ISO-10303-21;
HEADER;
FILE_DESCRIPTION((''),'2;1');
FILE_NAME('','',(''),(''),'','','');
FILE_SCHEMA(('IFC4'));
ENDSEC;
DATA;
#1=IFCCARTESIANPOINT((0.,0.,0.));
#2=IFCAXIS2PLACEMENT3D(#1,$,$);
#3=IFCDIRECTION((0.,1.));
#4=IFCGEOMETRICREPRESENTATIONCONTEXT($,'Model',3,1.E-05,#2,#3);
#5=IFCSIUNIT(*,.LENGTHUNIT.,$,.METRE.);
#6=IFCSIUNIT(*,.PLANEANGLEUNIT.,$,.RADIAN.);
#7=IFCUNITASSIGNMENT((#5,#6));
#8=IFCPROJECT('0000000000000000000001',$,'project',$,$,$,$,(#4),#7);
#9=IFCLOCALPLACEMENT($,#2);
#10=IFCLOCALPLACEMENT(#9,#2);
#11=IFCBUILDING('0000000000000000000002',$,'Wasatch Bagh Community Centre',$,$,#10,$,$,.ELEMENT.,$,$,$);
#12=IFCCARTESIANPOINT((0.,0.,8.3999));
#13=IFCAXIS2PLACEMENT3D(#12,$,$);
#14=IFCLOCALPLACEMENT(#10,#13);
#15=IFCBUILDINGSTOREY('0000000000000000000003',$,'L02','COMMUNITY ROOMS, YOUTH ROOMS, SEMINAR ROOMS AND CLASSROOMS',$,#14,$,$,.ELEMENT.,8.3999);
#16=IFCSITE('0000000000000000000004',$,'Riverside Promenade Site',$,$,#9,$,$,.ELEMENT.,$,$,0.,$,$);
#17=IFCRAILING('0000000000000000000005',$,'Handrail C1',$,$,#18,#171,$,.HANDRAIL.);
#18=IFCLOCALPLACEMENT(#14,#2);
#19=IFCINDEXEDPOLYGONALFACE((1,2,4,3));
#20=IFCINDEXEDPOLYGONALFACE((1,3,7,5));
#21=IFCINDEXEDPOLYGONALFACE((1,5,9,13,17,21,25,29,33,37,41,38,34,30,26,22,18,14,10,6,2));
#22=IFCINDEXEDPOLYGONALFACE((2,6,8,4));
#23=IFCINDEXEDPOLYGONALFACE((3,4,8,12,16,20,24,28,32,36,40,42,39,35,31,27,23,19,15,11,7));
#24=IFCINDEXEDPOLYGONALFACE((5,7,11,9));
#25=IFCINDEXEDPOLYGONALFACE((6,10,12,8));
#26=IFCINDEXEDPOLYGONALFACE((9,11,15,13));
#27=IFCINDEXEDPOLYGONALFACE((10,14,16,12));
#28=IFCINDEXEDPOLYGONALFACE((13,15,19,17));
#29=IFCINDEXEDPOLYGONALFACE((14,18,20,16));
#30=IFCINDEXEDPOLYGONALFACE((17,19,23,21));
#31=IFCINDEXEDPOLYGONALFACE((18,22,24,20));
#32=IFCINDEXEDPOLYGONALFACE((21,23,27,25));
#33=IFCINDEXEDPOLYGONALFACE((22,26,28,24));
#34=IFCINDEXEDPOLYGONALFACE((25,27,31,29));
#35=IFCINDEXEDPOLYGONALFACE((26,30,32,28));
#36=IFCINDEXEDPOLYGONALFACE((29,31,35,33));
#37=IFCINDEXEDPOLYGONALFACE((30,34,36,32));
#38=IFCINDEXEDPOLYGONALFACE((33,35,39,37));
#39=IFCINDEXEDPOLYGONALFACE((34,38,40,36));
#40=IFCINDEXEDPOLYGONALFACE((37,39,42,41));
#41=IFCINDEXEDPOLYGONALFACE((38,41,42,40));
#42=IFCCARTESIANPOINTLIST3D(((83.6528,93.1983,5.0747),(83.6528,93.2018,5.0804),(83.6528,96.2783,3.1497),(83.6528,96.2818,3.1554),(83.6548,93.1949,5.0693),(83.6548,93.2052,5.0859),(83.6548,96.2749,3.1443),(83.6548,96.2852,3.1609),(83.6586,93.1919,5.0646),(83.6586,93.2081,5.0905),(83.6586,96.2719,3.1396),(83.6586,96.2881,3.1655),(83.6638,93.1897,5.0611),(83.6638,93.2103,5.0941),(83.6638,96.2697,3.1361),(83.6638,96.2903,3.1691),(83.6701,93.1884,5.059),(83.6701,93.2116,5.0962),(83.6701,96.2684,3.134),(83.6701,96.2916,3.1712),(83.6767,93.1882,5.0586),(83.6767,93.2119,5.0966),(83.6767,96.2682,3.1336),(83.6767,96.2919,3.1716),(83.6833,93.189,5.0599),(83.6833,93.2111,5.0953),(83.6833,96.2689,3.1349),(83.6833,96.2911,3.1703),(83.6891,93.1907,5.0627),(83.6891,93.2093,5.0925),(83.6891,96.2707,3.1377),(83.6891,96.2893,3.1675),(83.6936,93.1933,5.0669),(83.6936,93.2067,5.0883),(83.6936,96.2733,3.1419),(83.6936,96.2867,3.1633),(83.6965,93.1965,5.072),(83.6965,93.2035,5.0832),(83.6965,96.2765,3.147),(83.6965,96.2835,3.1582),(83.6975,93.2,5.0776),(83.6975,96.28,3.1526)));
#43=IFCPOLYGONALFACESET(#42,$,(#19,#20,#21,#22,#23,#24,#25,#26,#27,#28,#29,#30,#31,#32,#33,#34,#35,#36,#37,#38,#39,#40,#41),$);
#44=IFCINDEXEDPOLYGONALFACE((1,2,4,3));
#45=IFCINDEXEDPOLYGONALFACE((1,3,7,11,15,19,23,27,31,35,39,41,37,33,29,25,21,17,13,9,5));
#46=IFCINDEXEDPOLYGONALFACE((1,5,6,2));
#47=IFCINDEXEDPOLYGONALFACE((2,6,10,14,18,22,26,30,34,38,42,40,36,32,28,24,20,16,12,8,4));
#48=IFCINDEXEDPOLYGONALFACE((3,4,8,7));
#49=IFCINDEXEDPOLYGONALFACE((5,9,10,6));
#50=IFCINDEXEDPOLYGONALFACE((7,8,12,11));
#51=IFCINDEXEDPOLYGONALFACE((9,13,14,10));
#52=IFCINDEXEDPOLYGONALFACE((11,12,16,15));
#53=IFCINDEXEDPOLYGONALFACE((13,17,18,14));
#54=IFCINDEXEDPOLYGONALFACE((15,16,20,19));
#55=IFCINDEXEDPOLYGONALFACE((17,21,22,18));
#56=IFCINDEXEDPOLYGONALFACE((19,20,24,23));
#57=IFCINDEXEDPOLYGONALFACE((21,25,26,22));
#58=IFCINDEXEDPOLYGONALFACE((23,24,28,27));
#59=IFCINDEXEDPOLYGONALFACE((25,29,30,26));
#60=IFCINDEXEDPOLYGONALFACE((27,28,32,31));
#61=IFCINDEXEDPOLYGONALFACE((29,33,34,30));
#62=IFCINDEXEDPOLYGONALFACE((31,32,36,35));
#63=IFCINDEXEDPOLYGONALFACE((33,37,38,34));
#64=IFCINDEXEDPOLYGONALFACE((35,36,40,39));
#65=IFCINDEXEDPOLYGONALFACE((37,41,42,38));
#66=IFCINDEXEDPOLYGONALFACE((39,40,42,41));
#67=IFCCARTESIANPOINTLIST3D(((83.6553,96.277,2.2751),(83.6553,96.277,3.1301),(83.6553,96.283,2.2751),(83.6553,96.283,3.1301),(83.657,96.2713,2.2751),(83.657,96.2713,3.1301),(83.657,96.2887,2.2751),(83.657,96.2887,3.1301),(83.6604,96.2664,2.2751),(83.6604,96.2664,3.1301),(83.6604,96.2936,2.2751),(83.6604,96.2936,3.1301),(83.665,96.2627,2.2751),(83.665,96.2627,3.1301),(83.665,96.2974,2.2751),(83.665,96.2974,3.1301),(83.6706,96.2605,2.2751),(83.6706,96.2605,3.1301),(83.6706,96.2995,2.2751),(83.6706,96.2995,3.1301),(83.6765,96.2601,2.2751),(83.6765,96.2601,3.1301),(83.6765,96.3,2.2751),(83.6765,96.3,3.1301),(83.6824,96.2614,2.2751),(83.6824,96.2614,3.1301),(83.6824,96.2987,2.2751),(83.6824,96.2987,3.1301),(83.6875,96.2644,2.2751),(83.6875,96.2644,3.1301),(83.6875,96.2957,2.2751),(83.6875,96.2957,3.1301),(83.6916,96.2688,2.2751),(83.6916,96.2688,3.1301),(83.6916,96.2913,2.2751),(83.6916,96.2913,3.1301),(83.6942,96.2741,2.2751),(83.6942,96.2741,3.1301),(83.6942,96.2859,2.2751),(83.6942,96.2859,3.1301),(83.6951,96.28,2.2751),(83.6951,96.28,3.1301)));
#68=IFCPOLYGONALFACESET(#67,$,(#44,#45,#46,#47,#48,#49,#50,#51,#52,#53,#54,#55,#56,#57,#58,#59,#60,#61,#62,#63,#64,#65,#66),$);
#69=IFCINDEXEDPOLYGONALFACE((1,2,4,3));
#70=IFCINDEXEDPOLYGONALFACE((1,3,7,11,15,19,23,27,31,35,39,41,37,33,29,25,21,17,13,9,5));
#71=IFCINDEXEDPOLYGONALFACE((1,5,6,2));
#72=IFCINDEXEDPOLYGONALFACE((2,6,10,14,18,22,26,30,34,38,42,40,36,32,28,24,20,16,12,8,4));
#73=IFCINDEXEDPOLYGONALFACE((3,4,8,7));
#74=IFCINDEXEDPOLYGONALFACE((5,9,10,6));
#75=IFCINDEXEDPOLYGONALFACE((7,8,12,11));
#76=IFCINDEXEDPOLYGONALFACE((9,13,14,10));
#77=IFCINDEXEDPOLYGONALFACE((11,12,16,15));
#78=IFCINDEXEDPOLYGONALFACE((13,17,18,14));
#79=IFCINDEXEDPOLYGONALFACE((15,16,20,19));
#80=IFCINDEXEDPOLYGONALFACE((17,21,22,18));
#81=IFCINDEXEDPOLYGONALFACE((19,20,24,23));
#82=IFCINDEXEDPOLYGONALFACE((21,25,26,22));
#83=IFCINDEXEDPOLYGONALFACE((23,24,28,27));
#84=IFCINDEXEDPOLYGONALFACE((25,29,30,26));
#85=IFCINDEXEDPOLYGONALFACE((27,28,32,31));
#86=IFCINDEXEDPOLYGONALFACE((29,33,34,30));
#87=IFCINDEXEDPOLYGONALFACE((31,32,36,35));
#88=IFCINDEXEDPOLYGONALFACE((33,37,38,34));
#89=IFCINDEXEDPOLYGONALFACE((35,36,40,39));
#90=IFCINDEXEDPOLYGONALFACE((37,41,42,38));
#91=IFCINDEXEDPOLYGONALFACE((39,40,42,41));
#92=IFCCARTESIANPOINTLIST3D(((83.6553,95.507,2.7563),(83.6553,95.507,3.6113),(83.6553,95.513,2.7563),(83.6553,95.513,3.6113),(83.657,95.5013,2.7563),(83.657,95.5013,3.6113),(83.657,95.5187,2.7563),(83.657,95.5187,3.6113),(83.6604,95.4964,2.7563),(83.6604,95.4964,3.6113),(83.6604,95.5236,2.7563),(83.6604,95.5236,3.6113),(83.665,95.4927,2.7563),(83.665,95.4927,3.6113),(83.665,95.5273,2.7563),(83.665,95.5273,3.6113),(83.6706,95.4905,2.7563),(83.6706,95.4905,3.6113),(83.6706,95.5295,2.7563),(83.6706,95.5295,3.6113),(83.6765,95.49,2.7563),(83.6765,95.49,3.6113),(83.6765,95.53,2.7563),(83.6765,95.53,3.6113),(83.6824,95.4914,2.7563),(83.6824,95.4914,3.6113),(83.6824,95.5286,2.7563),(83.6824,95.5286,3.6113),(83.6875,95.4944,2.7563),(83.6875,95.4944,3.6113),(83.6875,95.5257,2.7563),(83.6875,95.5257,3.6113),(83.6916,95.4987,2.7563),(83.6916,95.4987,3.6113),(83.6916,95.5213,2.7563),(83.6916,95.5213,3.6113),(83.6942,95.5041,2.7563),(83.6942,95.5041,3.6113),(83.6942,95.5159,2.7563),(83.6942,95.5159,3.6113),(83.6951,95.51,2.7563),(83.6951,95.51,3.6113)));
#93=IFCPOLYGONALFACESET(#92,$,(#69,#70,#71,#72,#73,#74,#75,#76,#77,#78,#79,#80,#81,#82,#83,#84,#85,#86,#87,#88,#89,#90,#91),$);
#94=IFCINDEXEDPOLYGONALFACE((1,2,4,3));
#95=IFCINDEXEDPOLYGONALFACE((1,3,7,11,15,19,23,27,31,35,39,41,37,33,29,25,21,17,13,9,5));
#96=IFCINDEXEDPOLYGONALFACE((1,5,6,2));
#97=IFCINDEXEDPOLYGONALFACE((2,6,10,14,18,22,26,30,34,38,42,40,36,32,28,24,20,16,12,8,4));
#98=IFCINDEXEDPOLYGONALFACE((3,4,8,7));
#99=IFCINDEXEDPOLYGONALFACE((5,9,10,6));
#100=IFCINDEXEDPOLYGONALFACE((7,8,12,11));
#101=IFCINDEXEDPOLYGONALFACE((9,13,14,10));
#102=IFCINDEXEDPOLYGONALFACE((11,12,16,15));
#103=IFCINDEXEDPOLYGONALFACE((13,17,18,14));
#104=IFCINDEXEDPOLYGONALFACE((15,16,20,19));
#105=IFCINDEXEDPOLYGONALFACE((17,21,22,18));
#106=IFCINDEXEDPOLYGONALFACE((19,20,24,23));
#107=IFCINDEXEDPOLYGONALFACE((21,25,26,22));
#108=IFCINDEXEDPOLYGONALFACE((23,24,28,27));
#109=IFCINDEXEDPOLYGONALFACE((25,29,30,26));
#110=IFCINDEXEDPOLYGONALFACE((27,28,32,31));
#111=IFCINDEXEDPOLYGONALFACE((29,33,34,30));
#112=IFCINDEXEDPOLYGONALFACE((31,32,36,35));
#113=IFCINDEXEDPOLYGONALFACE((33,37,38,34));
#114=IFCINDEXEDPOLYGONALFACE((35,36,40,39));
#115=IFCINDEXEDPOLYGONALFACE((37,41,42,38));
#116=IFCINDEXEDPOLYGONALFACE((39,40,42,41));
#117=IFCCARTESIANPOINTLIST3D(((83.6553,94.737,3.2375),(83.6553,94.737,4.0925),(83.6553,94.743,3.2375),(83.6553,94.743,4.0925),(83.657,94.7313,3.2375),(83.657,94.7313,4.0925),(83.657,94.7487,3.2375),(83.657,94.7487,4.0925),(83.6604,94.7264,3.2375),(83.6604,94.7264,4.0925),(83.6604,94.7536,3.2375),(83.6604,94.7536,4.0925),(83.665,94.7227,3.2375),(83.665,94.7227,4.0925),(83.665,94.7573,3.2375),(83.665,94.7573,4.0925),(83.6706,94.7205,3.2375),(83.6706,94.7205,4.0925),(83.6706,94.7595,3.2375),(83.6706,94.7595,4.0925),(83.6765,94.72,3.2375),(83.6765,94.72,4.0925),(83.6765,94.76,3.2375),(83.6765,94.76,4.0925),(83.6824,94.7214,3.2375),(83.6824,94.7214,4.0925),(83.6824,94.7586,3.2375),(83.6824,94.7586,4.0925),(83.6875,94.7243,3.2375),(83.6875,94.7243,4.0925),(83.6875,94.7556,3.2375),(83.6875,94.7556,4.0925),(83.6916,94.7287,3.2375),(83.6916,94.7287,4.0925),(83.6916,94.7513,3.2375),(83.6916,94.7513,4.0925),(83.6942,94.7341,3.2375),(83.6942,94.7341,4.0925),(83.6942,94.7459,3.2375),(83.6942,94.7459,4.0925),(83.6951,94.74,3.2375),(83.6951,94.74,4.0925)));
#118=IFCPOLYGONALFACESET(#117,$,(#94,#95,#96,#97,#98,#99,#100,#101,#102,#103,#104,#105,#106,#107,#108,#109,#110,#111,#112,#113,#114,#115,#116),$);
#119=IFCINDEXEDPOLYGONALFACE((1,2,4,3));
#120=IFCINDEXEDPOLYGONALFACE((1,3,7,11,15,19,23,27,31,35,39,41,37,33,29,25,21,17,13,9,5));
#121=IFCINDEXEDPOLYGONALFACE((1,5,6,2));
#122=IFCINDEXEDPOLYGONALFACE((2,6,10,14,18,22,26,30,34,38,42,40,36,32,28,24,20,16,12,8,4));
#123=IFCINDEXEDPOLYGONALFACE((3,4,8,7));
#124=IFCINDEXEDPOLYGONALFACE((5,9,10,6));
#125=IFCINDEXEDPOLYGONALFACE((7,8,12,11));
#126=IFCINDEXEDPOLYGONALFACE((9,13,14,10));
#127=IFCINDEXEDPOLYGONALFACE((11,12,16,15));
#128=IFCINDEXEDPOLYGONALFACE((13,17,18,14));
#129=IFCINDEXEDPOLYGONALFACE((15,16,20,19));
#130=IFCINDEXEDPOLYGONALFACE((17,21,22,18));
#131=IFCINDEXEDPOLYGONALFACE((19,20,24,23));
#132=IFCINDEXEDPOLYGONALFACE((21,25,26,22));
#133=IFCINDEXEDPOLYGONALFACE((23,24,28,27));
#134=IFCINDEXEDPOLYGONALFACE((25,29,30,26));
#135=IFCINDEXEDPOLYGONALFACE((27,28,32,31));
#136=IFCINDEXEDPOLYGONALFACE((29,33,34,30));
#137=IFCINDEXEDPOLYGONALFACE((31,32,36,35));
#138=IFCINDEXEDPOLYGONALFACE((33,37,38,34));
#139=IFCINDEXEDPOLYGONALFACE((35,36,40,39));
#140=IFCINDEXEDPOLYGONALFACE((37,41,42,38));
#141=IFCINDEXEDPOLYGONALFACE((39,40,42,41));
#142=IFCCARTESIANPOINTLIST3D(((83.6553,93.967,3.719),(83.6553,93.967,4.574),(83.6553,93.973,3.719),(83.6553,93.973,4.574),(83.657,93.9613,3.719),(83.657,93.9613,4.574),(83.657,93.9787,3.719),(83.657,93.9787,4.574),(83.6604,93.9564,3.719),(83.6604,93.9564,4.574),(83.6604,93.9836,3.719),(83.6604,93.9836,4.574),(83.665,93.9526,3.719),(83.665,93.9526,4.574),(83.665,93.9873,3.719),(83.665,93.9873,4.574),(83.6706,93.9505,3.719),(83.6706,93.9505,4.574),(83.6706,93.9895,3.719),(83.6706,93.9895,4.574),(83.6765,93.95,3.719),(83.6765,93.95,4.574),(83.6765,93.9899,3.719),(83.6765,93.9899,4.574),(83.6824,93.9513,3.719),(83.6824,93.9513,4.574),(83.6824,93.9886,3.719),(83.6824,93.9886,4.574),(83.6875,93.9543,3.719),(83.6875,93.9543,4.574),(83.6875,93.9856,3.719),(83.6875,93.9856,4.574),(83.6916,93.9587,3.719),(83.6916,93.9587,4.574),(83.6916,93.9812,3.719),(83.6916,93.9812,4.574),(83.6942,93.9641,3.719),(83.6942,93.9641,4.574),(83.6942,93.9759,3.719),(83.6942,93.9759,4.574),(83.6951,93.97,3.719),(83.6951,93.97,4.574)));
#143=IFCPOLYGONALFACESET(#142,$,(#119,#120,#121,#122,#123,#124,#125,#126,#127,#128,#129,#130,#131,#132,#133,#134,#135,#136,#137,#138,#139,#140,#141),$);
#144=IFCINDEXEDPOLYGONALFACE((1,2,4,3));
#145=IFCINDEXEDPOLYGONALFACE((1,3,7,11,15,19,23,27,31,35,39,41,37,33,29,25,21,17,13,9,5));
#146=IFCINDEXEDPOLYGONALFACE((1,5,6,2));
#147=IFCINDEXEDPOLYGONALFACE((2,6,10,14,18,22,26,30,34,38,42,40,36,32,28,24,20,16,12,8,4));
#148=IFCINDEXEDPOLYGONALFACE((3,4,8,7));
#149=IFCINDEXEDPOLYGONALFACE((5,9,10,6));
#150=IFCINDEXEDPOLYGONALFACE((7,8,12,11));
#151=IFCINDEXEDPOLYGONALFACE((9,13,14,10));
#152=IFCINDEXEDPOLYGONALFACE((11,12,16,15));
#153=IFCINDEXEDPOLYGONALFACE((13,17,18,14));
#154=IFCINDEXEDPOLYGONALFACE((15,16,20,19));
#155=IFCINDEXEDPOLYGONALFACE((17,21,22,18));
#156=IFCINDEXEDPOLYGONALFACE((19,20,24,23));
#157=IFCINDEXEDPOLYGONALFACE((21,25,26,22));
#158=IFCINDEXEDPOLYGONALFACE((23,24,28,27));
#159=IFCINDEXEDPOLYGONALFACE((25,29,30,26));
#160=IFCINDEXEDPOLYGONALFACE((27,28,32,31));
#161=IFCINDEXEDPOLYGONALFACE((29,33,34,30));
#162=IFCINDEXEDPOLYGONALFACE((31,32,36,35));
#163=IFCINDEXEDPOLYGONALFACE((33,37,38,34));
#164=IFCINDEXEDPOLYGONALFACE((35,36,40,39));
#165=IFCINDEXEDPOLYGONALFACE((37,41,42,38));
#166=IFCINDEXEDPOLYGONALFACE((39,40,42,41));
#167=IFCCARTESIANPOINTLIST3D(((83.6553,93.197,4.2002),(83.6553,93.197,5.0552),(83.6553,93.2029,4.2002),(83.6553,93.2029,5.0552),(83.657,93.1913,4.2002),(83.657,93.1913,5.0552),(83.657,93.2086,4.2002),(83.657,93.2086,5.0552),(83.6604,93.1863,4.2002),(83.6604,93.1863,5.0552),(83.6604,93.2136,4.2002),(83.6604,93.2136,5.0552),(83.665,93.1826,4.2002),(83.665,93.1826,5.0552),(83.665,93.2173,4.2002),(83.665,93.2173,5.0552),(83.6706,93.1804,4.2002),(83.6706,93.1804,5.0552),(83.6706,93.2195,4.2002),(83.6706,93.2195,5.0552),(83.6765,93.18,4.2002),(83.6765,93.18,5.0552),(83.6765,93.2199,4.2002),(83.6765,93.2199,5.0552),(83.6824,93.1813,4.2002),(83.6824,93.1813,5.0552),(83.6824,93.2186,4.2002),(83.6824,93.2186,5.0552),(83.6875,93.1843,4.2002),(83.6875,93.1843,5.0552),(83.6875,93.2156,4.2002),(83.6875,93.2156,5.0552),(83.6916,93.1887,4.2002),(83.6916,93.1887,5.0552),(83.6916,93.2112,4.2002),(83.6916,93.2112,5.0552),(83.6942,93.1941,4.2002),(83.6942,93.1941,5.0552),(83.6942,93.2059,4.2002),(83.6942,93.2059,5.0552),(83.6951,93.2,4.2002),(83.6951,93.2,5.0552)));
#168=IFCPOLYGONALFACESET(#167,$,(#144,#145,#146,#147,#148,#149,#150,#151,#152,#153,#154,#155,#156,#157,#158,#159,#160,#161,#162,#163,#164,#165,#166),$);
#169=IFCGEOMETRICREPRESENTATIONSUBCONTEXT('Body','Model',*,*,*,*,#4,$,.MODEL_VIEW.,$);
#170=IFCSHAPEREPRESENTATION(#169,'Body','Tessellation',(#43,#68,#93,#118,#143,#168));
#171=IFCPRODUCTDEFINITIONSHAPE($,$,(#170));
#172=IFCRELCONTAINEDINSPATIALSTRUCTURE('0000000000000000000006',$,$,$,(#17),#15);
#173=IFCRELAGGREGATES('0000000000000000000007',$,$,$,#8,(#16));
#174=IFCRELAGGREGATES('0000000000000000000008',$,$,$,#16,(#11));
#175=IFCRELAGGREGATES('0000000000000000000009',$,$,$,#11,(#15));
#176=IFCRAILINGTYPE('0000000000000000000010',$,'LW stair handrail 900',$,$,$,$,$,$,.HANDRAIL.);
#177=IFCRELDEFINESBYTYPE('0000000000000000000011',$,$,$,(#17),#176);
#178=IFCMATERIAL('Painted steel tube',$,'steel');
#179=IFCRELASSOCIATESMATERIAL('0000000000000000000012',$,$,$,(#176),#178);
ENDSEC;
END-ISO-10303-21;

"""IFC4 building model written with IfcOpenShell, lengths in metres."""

from ifc_helpers import new_model, si_unit, direction, frame, origin, origin_2d, place, context, subcontext, project, spatial, circle, extrude, material, type_object, element, save


model = new_model("IFC4")

# Units and contexts
model_context = context("Model", 3, precision=1e-05, world=origin(), true_north=direction((0.0, 1.0)))
body_context = subcontext(model_context, "Body", "Model", "MODEL_VIEW")
ifc_project = project(units=[si_unit("LENGTHUNIT", "METRE"), si_unit("PLANEANGLEUNIT", "RADIAN")], contexts=[model_context])

# Site, building, storey
site_placement = place(None, origin())
site = spatial("IfcSite", under=ifc_project, at=site_placement, Name="Riverside Promenade Site", CompositionType="ELEMENT", RefElevation=0.0)
building_placement = place(site_placement, origin())
building = spatial("IfcBuilding", under=site, at=building_placement, Name="Wasatch Bagh Community Centre", CompositionType="ELEMENT")
storey_placement = place(building_placement, frame((0.0, 0.0, 8.3999)))
storey = spatial("IfcBuildingStorey", under=building, at=storey_placement, Name="L02", Description="COMMUNITY ROOMS, YOUTH ROOMS, SEMINAR ROOMS AND CLASSROOMS", CompositionType="ELEMENT", Elevation=8.3999)

# Railing
ifc_material_1 = material(Name="Painted steel tube", Category="steel")
railing_type_1 = type_object("IfcRailingType", Name="LW stair handrail 900", PredefinedType="HANDRAIL", material=ifc_material_1)
for number, where, name in (
    (1, (83.675, 96.28, 2.2751), "Handrail C1"),
):
    element("IfcRailing", number, at=place(storey_placement, frame(where)), inside=storey, type_object=railing_type_1, Name=name, PredefinedType="HANDRAIL", context=body_context, shape_type="SweptSolid", body=[
        extrude(circle(Radius=0.0225, at=origin_2d()), frame((0.0, 0.0, 0.8774), z_axis=(0.0, -0.847998, 0.529999), x_axis=(1.0, 0.0, 0.0)), (0.0, 0.0, 1.0), 3.6321),
        extrude(circle(Radius=0.02, at=origin_2d()), origin(), (0.0, 0.0, 1.0), 0.855),
        extrude(circle(Radius=0.02, at=origin_2d()), frame((0.0, -0.77, 0.4812)), (0.0, 0.0, 1.0), 0.855),
        extrude(circle(Radius=0.02, at=origin_2d()), frame((0.0, -1.54, 0.9624)), (0.0, 0.0, 1.0), 0.855),
        extrude(circle(Radius=0.02, at=origin_2d()), frame((0.0, -2.3101, 1.4438)), (0.0, 0.0, 1.0), 0.855),
        extrude(circle(Radius=0.02, at=origin_2d()), frame((0.0, -3.0801, 1.925)), (0.0, 0.0, 1.0), 0.855),
    ])

save(model, "model.ifc")
